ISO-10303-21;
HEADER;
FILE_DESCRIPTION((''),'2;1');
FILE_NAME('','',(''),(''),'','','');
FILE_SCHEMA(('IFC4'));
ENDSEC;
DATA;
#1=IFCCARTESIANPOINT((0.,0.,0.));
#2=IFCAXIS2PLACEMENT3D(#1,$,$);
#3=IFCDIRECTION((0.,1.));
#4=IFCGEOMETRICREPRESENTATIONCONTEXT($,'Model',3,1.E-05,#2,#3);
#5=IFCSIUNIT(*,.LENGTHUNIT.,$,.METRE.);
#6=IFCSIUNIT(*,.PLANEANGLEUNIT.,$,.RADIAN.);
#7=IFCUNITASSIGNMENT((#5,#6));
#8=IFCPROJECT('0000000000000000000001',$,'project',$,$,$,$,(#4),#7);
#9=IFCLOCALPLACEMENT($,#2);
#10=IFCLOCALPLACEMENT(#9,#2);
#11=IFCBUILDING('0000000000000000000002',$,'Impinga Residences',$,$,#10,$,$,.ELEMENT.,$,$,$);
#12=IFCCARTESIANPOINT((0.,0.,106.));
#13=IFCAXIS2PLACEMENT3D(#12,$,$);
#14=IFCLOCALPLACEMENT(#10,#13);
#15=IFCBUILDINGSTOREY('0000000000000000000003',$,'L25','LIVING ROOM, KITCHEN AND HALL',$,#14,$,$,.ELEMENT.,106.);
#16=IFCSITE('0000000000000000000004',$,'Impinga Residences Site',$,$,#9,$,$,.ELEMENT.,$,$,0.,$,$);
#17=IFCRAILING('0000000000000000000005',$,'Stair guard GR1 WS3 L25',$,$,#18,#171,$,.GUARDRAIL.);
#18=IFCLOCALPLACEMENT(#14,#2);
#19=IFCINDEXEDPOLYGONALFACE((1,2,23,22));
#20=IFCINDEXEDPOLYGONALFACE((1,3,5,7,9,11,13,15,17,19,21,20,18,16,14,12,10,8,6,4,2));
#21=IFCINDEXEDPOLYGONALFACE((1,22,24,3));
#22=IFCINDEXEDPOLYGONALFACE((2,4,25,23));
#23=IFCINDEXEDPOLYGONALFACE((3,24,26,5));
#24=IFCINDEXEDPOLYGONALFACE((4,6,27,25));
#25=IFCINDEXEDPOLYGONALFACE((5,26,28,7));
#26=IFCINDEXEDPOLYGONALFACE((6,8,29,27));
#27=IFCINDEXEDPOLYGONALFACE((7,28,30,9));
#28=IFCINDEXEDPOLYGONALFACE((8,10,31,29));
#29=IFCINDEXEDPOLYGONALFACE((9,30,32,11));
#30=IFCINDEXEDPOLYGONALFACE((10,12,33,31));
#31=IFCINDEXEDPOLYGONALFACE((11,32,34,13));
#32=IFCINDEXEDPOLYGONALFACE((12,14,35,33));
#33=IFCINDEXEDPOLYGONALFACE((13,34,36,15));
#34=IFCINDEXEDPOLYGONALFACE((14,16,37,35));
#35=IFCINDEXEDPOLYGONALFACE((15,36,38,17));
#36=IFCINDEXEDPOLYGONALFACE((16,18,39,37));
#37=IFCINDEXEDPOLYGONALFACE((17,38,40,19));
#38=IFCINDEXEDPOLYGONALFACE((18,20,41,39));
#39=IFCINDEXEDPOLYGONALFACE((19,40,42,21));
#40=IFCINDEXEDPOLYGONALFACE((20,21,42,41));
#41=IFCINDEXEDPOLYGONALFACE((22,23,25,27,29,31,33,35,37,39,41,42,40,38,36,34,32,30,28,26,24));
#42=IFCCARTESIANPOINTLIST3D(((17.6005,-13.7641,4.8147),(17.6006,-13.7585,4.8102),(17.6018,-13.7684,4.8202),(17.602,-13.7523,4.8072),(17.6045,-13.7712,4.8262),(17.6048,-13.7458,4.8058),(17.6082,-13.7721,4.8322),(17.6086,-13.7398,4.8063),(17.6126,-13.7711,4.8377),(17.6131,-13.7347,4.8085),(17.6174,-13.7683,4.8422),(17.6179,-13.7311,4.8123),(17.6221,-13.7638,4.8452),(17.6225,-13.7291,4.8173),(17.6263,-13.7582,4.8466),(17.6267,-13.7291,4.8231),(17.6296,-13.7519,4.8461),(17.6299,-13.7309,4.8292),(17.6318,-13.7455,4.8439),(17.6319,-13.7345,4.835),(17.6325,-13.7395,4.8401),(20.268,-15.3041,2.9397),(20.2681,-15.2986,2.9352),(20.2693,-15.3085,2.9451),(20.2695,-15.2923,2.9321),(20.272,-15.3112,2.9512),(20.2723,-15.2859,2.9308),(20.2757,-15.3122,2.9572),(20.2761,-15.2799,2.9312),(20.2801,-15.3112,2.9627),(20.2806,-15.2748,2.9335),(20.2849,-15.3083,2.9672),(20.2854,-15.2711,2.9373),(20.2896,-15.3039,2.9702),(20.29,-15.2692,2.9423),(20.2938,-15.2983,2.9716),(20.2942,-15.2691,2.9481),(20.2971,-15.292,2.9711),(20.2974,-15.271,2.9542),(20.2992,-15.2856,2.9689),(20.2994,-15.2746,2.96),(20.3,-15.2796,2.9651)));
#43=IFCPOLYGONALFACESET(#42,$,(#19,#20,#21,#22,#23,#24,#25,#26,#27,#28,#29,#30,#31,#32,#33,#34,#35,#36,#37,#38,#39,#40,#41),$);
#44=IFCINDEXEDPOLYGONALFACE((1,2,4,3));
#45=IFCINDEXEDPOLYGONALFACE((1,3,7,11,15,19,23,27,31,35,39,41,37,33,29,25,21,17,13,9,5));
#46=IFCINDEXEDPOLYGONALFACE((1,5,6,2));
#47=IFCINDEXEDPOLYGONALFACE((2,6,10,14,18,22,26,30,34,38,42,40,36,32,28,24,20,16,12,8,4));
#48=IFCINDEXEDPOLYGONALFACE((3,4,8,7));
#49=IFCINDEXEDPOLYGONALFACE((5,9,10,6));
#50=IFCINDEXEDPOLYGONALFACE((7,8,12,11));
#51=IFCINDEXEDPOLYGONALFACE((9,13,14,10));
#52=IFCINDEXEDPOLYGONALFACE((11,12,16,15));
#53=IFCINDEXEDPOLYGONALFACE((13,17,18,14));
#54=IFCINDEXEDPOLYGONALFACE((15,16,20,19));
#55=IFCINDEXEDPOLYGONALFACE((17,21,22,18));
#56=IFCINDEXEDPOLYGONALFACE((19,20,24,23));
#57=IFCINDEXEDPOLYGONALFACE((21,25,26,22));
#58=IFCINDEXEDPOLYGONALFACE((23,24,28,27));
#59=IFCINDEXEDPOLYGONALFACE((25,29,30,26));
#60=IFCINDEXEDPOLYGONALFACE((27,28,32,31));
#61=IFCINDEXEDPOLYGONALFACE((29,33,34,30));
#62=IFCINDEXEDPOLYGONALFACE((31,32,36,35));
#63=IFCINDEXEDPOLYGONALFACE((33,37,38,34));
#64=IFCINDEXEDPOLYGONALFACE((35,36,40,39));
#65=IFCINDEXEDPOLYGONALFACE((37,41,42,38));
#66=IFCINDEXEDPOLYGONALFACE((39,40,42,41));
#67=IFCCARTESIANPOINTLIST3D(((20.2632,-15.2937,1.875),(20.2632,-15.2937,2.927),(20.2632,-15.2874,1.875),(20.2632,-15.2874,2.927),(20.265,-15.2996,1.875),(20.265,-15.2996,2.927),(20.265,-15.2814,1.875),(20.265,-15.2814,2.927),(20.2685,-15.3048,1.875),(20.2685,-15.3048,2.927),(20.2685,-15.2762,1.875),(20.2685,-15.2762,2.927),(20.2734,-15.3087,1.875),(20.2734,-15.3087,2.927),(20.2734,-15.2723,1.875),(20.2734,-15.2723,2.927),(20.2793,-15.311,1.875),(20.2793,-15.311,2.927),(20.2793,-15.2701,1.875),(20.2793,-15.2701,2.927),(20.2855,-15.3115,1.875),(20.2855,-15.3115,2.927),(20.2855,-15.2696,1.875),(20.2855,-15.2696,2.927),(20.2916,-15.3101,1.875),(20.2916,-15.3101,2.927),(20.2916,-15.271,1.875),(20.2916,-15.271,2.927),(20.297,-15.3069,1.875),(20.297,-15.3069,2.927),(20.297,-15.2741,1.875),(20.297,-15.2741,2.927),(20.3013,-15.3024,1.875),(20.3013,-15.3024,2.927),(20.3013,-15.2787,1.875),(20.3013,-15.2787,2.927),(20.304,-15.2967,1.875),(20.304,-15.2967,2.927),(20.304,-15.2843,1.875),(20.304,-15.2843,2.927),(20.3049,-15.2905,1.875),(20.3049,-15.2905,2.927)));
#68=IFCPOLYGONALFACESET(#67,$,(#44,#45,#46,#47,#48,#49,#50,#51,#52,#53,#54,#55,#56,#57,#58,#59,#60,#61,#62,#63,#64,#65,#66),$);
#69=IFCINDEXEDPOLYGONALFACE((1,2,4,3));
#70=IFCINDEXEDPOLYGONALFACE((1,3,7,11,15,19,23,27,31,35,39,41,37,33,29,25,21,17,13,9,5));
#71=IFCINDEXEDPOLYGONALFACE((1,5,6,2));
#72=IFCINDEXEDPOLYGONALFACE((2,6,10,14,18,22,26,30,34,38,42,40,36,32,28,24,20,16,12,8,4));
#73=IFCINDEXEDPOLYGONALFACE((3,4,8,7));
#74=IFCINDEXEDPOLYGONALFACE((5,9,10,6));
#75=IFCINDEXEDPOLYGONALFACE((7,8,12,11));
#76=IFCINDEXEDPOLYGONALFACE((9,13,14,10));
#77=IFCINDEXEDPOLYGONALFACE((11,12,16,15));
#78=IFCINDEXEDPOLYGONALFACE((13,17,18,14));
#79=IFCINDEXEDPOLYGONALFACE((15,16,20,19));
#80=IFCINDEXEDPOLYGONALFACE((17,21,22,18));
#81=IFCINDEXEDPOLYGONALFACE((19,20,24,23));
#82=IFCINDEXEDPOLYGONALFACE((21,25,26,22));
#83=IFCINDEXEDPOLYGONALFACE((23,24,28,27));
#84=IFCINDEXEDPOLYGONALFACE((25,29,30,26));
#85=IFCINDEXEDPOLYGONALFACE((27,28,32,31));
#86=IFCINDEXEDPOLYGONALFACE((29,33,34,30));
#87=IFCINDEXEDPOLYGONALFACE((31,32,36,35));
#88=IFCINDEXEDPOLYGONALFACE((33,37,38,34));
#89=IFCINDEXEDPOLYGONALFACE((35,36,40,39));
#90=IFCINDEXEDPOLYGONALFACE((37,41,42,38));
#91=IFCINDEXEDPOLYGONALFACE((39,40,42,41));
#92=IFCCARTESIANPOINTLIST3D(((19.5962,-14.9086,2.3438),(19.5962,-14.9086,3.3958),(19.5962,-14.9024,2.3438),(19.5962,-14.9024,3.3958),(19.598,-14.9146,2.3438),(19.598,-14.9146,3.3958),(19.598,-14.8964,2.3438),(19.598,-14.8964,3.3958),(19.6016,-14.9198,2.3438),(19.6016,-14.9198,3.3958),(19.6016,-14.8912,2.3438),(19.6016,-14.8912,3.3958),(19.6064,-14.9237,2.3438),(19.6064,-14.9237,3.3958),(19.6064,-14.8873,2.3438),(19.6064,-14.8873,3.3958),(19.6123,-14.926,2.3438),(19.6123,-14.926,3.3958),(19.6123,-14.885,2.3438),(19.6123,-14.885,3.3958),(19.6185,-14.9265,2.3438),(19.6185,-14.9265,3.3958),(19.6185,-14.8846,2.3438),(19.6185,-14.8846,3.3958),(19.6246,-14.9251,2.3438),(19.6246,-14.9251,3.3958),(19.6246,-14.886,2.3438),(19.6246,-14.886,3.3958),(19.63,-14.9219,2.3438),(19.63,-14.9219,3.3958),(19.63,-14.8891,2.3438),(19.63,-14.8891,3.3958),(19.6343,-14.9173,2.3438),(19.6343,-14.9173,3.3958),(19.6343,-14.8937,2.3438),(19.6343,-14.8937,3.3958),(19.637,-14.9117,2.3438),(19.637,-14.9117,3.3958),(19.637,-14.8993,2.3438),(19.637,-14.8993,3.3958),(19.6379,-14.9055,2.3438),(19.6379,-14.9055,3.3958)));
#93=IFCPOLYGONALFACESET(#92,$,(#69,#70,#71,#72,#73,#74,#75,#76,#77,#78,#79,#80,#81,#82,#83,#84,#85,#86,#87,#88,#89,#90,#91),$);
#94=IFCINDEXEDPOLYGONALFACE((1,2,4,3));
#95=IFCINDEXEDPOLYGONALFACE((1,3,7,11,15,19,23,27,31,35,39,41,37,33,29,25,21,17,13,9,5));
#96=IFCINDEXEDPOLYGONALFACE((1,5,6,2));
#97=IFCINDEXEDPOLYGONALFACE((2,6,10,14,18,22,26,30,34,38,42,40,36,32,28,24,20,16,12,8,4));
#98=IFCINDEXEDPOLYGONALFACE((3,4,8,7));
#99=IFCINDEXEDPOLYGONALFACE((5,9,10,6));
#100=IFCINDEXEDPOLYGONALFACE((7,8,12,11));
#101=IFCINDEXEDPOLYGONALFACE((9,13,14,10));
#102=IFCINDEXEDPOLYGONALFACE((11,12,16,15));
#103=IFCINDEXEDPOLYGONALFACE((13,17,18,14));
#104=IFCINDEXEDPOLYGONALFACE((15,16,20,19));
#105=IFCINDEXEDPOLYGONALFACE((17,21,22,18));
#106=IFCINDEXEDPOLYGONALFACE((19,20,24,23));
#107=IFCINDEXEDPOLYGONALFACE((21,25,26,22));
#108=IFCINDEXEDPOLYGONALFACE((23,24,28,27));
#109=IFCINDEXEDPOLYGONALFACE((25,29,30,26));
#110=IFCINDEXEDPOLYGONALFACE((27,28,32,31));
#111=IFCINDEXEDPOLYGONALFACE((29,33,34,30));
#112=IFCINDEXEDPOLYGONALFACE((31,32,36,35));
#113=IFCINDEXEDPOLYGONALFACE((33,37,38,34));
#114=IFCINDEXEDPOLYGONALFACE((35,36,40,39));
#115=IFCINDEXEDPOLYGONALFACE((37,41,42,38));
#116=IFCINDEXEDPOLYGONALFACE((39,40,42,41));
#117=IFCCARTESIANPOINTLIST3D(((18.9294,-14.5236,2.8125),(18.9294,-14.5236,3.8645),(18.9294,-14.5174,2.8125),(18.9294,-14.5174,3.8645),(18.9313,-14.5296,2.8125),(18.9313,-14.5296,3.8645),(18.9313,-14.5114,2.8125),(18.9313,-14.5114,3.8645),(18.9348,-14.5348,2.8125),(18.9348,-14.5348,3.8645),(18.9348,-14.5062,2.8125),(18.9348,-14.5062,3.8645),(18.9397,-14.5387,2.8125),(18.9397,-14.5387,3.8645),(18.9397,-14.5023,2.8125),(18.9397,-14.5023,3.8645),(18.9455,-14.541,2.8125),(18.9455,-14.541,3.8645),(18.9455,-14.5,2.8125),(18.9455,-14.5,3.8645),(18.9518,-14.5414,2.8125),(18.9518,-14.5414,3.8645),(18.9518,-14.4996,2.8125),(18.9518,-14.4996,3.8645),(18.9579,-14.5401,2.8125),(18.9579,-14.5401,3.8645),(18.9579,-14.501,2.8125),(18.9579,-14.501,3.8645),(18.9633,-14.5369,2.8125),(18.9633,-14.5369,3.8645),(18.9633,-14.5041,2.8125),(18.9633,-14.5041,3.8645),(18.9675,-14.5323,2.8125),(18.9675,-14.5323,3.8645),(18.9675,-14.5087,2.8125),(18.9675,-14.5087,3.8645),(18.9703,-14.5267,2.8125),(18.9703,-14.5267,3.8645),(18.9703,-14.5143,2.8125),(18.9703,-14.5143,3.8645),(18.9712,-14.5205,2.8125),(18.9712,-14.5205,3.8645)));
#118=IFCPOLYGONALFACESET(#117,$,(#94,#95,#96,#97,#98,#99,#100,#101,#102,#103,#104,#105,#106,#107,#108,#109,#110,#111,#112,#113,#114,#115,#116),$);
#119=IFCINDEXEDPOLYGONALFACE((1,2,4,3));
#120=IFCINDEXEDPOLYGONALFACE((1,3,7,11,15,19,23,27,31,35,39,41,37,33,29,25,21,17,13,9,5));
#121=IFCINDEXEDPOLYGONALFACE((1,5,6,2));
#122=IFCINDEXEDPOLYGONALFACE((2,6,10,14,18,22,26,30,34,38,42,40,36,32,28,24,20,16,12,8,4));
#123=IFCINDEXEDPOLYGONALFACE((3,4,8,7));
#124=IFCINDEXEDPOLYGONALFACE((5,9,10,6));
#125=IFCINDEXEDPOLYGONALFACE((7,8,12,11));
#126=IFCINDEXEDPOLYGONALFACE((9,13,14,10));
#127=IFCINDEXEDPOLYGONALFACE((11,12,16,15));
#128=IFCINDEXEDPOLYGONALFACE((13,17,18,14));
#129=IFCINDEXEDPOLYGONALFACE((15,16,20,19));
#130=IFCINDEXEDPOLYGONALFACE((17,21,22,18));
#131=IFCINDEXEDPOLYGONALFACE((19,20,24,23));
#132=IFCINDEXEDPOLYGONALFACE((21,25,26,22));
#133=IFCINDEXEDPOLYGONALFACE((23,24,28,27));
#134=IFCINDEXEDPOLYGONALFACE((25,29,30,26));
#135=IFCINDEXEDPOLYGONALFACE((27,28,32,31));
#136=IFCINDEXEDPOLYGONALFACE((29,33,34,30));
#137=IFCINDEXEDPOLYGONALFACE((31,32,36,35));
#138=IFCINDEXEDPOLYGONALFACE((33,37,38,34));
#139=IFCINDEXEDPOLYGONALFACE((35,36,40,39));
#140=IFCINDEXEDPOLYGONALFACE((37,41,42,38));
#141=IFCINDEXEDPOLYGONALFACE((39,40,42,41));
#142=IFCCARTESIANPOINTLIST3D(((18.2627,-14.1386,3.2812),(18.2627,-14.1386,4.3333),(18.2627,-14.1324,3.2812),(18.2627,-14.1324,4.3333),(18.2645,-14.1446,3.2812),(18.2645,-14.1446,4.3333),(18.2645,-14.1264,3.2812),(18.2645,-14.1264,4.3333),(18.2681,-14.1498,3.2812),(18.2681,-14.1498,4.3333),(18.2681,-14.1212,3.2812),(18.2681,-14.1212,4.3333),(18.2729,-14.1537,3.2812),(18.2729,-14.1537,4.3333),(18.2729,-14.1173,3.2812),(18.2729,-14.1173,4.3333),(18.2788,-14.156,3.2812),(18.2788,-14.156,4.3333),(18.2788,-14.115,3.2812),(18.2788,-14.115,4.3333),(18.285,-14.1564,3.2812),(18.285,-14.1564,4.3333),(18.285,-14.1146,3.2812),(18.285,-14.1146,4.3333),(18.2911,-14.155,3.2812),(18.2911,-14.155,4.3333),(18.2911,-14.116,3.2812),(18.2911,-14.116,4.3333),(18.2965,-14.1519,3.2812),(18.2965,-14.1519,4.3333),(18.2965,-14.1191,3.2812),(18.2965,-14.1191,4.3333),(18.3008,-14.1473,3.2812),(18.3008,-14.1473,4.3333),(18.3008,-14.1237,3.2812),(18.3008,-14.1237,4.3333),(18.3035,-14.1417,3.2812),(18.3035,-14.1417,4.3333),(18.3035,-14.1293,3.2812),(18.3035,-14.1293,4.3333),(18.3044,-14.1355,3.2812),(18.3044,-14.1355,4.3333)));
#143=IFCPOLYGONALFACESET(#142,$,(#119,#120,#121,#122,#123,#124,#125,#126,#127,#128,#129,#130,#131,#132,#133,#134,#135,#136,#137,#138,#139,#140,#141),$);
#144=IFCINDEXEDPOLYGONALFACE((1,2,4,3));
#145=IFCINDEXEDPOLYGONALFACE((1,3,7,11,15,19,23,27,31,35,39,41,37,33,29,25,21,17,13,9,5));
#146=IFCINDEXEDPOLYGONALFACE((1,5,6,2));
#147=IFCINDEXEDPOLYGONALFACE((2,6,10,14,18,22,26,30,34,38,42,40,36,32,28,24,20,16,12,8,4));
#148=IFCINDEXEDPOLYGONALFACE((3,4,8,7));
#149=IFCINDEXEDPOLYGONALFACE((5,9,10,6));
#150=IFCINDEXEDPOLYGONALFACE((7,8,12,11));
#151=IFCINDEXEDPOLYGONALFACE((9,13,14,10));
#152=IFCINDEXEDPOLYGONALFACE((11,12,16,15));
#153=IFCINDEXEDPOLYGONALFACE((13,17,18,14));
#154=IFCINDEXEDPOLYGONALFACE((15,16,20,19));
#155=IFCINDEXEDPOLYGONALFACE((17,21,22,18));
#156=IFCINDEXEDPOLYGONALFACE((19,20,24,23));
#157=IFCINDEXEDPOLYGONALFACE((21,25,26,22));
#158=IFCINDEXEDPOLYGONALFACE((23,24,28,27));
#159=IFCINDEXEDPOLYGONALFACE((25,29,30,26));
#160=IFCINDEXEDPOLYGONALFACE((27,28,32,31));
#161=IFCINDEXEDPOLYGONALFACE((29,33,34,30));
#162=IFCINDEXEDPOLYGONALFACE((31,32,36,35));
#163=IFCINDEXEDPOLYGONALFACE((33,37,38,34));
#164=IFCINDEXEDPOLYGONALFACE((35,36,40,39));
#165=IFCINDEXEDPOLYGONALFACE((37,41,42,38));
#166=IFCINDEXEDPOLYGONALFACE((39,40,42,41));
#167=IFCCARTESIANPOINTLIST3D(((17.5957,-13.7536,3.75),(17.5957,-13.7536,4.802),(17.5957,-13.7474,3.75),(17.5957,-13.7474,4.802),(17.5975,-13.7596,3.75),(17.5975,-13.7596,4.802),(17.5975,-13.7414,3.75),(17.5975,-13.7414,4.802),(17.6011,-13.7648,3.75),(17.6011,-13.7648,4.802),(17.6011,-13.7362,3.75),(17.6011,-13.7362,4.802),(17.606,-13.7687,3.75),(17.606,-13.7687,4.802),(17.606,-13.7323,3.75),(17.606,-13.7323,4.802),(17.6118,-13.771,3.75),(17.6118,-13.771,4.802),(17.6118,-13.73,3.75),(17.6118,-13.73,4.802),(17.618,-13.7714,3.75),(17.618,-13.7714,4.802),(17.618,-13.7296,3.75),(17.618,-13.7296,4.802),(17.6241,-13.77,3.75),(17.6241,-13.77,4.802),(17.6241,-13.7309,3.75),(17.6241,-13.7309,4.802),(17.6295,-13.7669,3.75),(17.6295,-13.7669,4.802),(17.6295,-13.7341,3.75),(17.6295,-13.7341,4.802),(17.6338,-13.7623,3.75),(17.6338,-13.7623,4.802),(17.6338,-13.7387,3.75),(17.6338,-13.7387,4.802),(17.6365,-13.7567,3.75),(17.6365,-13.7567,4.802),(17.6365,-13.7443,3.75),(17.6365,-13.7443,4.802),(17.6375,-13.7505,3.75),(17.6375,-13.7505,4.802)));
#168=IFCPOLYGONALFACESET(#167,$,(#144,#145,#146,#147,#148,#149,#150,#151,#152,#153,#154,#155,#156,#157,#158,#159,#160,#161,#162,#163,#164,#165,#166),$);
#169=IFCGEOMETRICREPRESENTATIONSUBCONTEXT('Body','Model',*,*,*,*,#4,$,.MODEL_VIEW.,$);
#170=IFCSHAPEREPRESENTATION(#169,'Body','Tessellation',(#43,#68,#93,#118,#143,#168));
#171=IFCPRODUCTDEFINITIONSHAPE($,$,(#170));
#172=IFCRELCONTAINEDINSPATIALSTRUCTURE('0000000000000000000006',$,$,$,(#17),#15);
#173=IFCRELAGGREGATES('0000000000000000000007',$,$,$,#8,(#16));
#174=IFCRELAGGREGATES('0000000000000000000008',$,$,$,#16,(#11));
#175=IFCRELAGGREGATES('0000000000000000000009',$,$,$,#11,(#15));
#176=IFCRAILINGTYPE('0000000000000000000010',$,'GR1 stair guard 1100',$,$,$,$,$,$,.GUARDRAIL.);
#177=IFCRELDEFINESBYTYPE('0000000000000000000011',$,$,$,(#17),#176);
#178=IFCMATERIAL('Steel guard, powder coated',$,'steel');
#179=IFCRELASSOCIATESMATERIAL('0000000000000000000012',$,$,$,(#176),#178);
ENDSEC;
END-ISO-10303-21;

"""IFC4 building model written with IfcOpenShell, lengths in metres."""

from ifc_helpers import new_model, si_unit, direction, frame, origin, origin_2d, place, context, subcontext, project, spatial, circle, extrude, material, type_object, element, save


model = new_model("IFC4")

# Units and contexts
model_context = context("Model", 3, precision=1e-05, world=origin(), true_north=direction((0.0, 1.0)))
body_context = subcontext(model_context, "Body", "Model", "MODEL_VIEW")
ifc_project = project(units=[si_unit("LENGTHUNIT", "METRE"), si_unit("PLANEANGLEUNIT", "RADIAN")], contexts=[model_context])

# Site, building, storey
site_placement = place(None, origin())
site = spatial("IfcSite", under=ifc_project, at=site_placement, Name="Impinga Residences Site", CompositionType="ELEMENT", RefElevation=0.0)
building_placement = place(site_placement, origin())
building = spatial("IfcBuilding", under=site, at=building_placement, Name="Impinga Residences", CompositionType="ELEMENT")
storey_placement = place(building_placement, frame((0.0, 0.0, 106.0)))
storey = spatial("IfcBuildingStorey", under=building, at=storey_placement, Name="L25", Description="LIVING ROOM, KITCHEN AND HALL", CompositionType="ELEMENT", Elevation=106.0)

# Railing
ifc_material_1 = material(Name="Steel guard, powder coated", Category="steel")
railing_type_1 = type_object("IfcRailingType", Name="GR1 stair guard 1100", PredefinedType="GUARDRAIL", material=ifc_material_1)
railing_1_placement = place(storey_placement, frame((20.2839, -15.2905, 1.875)))
element("IfcRailing", 1, at=railing_1_placement, inside=storey, type_object=railing_type_1, Name="Stair guard GR1 WS3 L25", PredefinedType="GUARDRAIL", context=body_context, shape_type="SweptSolid", body=[
    extrude(circle(Radius=0.0239, at=origin_2d()), frame((0.0, 0.0, 1.0762), z_axis=(-0.739746, 0.427084, 0.519975), x_axis=(-0.499992, -0.86603, 0.0)), (0.0, 0.0, 1.0), 3.606),
    extrude(circle(Radius=0.021, at=origin_2d()), origin(), (0.0, 0.0, 1.0), 1.052),
    extrude(circle(Radius=0.021, at=origin_2d()), frame((-0.667, 0.385, 0.4688)), (0.0, 0.0, 1.0), 1.052),
    extrude(circle(Radius=0.021, at=origin_2d()), frame((-1.3337, 0.77, 0.9375)), (0.0, 0.0, 1.0), 1.052),
    extrude(circle(Radius=0.021, at=origin_2d()), frame((-2.0005, 1.155, 1.4062)), (0.0, 0.0, 1.0), 1.052),
    extrude(circle(Radius=0.021, at=origin_2d()), frame((-2.6675, 1.54, 1.875)), (0.0, 0.0, 1.0), 1.052),
])

save(model, "model.ifc")
